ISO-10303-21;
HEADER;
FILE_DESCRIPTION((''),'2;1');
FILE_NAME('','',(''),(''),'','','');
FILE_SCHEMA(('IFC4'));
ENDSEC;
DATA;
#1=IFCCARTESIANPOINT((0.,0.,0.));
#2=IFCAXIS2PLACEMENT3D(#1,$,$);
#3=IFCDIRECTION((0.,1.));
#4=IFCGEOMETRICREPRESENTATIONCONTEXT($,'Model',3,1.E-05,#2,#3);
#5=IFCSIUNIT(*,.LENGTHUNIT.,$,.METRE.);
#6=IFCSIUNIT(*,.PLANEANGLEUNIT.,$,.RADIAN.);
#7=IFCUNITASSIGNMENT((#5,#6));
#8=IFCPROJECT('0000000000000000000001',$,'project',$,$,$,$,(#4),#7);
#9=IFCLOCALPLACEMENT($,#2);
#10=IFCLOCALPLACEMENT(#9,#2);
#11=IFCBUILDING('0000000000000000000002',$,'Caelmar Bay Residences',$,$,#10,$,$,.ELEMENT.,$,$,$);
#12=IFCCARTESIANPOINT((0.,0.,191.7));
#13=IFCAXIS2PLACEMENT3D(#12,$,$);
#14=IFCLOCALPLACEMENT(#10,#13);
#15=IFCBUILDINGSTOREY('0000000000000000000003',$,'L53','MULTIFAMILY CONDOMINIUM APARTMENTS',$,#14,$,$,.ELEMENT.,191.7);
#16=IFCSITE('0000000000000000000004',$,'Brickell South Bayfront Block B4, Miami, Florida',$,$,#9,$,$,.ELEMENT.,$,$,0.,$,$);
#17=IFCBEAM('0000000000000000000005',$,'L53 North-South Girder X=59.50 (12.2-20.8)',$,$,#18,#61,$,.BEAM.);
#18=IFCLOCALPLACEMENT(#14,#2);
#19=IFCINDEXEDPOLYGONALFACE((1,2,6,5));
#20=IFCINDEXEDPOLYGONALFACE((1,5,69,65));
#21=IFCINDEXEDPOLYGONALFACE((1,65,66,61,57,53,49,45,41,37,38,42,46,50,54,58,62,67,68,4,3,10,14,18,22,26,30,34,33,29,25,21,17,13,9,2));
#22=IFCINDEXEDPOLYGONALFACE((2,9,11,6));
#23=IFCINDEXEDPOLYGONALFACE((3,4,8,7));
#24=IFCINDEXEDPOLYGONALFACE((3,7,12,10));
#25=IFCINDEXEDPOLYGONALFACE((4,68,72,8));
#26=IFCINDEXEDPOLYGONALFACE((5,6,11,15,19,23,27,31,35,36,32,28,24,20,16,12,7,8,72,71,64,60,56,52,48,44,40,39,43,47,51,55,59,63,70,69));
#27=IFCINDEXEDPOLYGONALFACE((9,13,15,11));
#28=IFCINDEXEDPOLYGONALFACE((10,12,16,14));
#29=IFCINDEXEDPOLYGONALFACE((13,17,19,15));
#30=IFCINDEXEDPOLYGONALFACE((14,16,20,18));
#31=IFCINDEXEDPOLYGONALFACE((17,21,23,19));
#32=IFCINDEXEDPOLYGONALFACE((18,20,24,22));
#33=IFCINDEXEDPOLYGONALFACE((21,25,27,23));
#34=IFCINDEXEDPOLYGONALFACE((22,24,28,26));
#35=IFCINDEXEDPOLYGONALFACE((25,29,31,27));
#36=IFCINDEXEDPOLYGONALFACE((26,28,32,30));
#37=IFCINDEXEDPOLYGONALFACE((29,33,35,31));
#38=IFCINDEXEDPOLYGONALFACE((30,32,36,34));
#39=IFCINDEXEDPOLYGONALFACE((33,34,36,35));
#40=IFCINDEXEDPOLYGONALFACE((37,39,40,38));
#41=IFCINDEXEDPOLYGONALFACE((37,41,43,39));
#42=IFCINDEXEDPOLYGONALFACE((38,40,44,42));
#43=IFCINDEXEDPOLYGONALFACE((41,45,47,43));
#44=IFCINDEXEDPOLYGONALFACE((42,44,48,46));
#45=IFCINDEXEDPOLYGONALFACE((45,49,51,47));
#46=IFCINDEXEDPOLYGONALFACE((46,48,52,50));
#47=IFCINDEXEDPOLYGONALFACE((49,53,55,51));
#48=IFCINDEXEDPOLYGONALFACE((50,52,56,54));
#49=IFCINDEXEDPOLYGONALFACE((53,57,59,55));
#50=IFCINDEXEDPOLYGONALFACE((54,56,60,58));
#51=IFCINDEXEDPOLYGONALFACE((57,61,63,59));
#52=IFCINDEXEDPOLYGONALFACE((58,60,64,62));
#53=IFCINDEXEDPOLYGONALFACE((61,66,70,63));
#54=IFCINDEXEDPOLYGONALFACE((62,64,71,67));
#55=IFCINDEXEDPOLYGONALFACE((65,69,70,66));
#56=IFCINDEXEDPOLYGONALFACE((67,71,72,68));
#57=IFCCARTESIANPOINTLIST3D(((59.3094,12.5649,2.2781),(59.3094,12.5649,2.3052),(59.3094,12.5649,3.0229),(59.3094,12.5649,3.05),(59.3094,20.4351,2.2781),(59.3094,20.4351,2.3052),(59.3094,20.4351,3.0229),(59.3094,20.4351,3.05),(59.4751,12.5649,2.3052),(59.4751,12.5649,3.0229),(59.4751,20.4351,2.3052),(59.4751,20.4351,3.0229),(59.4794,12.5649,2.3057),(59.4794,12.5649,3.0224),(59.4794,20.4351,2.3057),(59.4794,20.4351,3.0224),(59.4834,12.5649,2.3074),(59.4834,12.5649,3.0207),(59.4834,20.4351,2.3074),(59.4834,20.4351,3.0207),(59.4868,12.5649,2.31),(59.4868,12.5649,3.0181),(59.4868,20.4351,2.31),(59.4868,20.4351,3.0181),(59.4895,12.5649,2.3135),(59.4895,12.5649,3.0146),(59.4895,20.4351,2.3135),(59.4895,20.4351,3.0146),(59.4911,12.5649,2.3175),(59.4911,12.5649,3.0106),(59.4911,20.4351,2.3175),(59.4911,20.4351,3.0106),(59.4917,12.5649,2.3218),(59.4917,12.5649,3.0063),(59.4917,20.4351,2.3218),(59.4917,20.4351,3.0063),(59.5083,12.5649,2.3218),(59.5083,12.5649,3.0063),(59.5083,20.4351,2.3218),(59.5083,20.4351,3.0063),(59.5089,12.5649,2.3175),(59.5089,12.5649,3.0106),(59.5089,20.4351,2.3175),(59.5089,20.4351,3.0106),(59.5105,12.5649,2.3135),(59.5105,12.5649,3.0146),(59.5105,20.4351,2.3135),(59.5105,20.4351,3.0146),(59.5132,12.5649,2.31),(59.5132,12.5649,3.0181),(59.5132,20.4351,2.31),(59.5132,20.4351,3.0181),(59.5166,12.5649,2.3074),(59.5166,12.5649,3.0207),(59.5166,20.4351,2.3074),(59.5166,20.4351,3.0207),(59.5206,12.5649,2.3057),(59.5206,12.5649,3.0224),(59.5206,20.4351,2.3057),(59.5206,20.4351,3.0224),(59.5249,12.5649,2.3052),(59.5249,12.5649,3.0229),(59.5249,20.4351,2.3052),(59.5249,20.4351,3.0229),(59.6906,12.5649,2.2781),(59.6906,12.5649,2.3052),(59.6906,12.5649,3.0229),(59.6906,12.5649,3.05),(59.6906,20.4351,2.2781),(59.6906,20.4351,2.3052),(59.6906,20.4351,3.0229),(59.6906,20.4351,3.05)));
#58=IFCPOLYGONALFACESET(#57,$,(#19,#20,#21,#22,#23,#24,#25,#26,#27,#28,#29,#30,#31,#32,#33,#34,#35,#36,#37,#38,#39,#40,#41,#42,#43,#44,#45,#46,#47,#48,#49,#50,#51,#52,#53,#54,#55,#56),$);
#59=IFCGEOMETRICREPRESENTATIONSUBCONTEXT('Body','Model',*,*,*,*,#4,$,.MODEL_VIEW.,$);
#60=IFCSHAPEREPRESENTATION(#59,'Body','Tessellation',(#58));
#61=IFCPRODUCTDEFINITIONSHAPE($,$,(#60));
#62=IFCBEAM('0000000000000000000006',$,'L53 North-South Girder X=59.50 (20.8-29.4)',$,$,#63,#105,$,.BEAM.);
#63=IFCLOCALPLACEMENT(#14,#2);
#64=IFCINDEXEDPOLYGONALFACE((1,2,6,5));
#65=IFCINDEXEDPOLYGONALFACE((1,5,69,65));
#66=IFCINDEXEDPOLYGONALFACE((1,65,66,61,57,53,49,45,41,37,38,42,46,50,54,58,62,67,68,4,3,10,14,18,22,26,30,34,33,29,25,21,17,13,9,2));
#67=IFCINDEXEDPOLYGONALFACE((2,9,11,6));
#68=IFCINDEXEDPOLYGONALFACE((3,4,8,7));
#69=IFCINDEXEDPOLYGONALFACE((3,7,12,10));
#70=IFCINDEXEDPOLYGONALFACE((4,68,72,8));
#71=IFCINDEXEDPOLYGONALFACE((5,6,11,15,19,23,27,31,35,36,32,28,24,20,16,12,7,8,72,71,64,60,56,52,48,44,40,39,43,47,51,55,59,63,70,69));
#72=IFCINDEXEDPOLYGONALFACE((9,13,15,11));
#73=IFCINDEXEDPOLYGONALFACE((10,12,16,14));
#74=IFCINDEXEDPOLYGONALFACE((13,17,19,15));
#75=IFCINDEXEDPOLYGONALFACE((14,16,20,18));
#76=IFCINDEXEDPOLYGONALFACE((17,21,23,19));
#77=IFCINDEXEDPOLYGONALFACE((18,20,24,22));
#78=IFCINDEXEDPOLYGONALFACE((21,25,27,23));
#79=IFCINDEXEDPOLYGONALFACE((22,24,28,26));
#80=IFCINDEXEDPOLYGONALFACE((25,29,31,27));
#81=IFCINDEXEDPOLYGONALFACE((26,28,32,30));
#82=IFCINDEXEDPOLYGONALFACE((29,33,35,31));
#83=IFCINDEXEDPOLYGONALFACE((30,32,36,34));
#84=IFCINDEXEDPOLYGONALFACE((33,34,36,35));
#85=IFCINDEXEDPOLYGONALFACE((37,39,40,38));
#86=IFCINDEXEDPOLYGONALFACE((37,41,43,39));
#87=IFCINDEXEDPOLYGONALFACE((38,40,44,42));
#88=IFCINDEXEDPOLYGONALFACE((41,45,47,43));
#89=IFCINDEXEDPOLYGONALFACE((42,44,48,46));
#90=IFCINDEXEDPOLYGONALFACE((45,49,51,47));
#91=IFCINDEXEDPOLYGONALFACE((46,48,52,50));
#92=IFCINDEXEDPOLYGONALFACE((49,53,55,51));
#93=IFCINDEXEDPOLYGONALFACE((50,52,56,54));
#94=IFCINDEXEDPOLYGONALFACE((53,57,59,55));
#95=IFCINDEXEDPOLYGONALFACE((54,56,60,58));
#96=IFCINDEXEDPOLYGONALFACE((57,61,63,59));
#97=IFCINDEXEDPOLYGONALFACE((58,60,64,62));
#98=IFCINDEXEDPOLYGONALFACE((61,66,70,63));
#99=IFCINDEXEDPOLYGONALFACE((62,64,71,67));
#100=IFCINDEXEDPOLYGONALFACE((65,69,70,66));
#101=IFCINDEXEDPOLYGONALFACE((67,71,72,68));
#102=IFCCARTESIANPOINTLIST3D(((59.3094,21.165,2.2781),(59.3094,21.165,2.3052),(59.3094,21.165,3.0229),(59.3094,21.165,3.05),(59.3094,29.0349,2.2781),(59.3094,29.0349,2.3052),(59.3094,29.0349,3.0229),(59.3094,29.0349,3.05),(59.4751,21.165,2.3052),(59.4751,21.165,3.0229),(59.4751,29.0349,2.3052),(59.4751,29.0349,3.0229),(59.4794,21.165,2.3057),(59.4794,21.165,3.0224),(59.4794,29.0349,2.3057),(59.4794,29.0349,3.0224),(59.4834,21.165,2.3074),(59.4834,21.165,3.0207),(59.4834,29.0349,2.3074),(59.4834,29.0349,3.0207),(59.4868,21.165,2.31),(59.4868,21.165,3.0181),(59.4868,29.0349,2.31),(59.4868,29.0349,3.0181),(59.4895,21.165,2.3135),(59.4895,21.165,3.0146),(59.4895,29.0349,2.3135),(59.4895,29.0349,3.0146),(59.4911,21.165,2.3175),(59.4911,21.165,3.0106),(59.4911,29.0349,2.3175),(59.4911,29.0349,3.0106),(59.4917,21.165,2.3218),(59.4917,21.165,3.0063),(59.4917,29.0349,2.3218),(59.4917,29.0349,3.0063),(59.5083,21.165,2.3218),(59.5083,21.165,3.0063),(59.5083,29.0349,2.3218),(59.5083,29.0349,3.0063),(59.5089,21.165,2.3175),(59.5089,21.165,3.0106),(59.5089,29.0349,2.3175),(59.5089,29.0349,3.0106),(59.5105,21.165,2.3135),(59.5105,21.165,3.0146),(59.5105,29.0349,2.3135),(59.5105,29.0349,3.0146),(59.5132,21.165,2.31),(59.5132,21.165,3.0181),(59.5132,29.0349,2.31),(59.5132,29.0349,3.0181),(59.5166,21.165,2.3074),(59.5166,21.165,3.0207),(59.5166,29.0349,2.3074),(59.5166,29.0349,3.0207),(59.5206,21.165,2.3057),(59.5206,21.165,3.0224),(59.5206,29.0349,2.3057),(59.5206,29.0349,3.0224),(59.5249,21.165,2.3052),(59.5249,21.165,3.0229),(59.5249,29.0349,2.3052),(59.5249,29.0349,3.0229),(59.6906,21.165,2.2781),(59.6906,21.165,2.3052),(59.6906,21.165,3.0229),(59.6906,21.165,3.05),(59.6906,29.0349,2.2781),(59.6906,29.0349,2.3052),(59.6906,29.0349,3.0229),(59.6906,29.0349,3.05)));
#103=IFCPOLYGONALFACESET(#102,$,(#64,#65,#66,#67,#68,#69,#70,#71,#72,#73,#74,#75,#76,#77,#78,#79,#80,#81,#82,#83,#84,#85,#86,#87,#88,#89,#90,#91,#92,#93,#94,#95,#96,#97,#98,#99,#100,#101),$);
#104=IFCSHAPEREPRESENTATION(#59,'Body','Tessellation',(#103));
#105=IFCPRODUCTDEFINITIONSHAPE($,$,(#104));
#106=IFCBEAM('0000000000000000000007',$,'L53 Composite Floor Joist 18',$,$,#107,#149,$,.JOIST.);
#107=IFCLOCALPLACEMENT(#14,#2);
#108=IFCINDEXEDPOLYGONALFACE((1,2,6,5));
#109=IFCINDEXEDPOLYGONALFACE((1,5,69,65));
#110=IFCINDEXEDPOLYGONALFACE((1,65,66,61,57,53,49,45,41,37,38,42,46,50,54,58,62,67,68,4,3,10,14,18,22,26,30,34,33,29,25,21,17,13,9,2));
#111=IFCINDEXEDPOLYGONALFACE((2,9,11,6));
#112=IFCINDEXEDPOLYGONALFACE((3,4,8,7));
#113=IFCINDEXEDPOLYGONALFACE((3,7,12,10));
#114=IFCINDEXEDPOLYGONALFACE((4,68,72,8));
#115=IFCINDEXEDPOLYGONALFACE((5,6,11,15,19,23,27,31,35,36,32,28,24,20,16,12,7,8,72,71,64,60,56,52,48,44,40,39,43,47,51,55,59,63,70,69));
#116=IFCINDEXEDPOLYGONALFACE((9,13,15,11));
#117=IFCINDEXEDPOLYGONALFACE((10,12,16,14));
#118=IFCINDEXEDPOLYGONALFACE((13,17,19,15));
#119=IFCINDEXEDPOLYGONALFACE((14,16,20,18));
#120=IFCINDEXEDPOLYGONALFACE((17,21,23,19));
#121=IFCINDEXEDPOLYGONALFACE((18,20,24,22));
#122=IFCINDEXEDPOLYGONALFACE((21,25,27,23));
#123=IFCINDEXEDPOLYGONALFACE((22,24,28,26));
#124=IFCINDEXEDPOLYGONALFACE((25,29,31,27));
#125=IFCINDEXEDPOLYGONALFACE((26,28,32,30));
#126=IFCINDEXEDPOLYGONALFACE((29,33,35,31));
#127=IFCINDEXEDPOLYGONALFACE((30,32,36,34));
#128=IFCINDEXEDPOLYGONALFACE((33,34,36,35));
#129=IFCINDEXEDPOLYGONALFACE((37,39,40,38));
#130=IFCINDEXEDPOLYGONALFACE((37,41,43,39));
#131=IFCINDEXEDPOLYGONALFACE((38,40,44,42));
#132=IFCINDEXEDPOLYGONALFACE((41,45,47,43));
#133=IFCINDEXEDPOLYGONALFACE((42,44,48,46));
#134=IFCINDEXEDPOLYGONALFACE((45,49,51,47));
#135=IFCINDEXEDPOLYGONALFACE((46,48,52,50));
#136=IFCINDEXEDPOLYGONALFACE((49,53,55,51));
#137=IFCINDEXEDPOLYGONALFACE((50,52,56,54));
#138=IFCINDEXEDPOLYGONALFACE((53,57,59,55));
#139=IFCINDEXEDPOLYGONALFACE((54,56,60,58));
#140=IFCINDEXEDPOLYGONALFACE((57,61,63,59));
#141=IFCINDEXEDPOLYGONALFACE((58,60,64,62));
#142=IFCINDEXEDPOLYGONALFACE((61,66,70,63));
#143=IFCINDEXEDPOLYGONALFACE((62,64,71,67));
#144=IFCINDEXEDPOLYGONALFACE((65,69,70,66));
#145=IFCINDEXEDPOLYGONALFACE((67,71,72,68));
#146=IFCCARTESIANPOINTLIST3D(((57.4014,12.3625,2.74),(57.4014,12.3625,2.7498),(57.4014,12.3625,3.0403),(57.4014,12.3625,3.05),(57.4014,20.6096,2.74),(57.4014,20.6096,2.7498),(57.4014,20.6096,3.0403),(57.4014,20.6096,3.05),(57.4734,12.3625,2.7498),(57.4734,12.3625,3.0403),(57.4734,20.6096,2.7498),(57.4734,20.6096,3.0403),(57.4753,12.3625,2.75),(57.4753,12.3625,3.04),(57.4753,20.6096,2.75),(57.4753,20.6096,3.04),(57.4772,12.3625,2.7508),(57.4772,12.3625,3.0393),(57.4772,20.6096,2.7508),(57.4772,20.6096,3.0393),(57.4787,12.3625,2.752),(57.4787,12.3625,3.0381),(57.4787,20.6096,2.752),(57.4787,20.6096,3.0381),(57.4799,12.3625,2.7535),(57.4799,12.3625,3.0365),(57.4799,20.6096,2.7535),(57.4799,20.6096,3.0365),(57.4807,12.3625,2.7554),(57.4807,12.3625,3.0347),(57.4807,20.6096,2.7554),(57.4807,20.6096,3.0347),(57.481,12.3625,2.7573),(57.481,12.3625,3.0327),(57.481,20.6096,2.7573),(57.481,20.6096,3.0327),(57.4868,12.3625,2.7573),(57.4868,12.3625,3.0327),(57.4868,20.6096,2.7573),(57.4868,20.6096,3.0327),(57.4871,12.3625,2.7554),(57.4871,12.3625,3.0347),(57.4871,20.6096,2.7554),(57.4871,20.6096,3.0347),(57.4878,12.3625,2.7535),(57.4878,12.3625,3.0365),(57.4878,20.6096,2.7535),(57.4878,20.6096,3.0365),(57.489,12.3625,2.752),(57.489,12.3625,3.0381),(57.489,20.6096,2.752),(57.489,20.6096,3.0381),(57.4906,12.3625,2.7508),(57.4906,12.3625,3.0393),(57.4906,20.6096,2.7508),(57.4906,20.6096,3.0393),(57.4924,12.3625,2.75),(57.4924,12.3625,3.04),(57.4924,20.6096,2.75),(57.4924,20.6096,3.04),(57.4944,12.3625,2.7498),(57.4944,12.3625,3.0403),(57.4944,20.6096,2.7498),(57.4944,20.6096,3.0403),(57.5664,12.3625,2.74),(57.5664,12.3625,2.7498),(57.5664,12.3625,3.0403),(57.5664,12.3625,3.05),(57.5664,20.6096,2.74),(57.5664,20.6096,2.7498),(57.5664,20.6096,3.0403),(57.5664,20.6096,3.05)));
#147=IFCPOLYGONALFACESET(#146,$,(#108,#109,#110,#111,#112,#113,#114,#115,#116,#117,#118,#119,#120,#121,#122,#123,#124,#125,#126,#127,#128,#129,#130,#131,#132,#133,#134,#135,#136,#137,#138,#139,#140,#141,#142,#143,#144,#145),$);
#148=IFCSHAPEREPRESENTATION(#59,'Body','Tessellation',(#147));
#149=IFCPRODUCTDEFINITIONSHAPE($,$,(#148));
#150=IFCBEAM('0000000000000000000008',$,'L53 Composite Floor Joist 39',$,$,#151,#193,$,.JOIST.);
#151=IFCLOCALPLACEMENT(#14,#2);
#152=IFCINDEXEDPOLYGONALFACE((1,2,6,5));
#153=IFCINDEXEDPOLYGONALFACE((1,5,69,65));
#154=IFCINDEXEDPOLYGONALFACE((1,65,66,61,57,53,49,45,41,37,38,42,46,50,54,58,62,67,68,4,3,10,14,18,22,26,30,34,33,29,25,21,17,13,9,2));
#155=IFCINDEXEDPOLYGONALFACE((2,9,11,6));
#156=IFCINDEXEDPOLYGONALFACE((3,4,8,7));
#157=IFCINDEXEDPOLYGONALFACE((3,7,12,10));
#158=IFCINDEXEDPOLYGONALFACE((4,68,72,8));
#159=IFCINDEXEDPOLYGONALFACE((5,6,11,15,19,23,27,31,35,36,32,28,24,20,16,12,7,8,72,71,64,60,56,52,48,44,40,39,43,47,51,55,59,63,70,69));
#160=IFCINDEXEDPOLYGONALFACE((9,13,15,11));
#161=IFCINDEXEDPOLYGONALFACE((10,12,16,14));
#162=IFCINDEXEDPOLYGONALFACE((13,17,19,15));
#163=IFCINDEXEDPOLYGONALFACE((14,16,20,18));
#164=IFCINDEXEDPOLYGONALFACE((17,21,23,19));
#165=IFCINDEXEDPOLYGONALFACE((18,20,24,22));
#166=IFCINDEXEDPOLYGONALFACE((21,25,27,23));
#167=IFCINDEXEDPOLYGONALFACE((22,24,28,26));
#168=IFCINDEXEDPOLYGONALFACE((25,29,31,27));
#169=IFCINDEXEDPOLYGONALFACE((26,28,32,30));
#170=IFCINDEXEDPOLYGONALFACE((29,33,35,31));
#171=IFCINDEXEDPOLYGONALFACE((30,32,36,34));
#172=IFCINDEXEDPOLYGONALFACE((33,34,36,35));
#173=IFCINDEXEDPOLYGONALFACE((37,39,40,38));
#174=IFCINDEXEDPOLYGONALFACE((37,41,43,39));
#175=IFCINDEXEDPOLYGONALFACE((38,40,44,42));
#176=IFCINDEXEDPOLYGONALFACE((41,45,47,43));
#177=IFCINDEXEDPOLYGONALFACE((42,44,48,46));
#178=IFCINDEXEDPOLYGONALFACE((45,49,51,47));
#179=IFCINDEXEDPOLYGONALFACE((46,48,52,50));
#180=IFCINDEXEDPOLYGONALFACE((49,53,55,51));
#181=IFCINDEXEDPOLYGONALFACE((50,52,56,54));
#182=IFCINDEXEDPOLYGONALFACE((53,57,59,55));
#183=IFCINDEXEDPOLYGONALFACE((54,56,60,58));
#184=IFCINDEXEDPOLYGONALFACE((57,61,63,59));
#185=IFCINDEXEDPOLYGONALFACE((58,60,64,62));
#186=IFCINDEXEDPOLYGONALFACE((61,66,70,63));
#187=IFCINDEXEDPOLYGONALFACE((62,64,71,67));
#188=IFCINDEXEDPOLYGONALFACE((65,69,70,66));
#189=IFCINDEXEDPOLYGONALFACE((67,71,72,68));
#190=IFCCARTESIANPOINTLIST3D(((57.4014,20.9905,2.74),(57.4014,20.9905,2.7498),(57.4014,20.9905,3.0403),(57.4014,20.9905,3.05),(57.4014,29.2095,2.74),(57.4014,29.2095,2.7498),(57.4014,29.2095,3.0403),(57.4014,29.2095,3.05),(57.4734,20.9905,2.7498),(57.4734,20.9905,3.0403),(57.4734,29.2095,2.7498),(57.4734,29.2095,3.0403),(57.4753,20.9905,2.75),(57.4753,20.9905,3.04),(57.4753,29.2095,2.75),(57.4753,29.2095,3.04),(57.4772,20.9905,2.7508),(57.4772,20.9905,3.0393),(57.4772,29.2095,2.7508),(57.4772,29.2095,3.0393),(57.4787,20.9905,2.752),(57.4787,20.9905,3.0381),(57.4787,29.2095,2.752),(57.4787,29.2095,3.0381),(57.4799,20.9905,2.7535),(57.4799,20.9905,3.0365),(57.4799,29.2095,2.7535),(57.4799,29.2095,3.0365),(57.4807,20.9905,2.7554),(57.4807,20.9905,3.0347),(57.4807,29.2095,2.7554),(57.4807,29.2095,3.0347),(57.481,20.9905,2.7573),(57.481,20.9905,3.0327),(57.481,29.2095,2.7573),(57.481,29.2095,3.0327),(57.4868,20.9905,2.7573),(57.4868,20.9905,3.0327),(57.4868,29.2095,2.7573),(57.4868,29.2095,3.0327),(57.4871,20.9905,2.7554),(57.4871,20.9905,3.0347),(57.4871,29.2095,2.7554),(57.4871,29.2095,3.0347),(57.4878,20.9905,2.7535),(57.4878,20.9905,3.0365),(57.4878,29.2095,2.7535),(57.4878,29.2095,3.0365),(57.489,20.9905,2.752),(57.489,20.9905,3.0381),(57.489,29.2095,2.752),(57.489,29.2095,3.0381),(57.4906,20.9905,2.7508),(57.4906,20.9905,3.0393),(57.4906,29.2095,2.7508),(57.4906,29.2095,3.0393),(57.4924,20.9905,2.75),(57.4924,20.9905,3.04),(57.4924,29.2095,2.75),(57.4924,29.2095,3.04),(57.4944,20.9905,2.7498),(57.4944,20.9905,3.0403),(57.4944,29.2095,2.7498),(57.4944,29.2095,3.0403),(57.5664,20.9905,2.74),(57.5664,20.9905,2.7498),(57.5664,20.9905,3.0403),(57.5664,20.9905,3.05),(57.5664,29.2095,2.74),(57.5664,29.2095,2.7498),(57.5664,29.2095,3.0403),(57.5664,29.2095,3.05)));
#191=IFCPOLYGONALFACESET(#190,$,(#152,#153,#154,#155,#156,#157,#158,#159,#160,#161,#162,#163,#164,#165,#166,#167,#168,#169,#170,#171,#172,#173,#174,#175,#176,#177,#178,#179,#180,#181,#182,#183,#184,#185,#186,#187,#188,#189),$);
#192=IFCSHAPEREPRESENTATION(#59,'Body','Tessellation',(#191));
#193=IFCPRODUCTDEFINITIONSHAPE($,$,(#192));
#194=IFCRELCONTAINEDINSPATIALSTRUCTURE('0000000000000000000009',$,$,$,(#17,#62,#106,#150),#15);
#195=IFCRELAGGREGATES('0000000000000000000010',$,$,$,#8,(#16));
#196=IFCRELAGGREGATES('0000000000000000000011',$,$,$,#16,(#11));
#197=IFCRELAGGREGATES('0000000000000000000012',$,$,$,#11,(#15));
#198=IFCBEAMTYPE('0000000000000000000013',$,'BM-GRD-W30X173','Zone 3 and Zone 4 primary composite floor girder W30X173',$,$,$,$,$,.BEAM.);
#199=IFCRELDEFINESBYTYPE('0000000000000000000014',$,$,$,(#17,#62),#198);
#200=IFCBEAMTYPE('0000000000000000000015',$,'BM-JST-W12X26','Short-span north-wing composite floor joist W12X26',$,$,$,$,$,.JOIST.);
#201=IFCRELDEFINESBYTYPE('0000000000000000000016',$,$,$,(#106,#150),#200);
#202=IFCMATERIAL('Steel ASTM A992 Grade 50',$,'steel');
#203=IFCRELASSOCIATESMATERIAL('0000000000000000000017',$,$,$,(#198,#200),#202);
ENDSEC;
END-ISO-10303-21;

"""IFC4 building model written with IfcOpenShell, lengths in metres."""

from ifc_helpers import new_model, si_unit, direction, frame, origin, origin_2d, place, context, subcontext, project, spatial, i_section, extrude, material, material_profile, profile_set, type_object, element, save


model = new_model("IFC4")

# Units and contexts
model_context = context("Model", 3, precision=1e-05, world=origin(), true_north=direction((0.0, 1.0)))
body_context = subcontext(model_context, "Body", "Model", "MODEL_VIEW")
ifc_project = project(units=[si_unit("LENGTHUNIT", "METRE"), si_unit("PLANEANGLEUNIT", "RADIAN")], contexts=[model_context])

# Site, building, storey
site_placement = place(None, origin())
site = spatial("IfcSite", under=ifc_project, at=site_placement, Name="Brickell South Bayfront Block B4, Miami, Florida", CompositionType="ELEMENT", RefElevation=0.0)
building_placement = place(site_placement, origin())
building = spatial("IfcBuilding", under=site, at=building_placement, Name="Caelmar Bay Residences", CompositionType="ELEMENT")
storey_placement = place(building_placement, frame((0.0, 0.0, 191.7)))
storey = spatial("IfcBuildingStorey", under=building, at=storey_placement, Name="L53", Description="MULTIFAMILY CONDOMINIUM APARTMENTS", CompositionType="ELEMENT", Elevation=191.7)

# Beams
ifc_material_1 = material(Name="Steel ASTM A992 Grade 50", Category="steel")
ifc_material_profile_1 = material_profile(ifc_material_1, i_section(OverallWidth=0.3811, OverallDepth=0.772, WebThickness=0.0166, FlangeThickness=0.0271, FilletRadius=0.0166, at=origin_2d()), Name="W30X173")
ifc_profile_set_1 = profile_set([ifc_material_profile_1], Name="Steel ASTM A992 Grade 50")
beam_type_1 = type_object("IfcBeamType", Name="BM-GRD-W30X173", Description="Zone 3 and Zone 4 primary composite floor girder W30X173", PredefinedType="BEAM", material=ifc_profile_set_1)
for number, where, z_axis, x_axis, name in (
    (1, (59.5, 12.5649, 2.6641), (0.0, 1.0, 0.0), (-1.0, 0.0, 0.0), "L53 North-South Girder X=59.50 (12.2-20.8)"),
):
    element("IfcBeam", number, at=place(storey_placement, frame(where, z_axis=z_axis, x_axis=x_axis)), inside=storey, type_object=beam_type_1, Name=name, PredefinedType="BEAM", context=body_context, shape_type="SweptSolid", body=[
        extrude(i_section(OverallWidth=0.3811, OverallDepth=0.772, WebThickness=0.0166, FlangeThickness=0.0271, FilletRadius=0.0166, at=origin_2d()), origin(), (0.0, 0.0, 1.0), 7.8701),
    ])
beam_1_placement = place(storey_placement, frame((59.5, 21.165, 2.6641), z_axis=(0.0, 1.0, 0.0), x_axis=(-1.0, 0.0, 0.0)))
element("IfcBeam", 2, at=beam_1_placement, inside=storey, type_object=beam_type_1, Name="L53 North-South Girder X=59.50 (20.8-29.4)", PredefinedType="BEAM", context=body_context, shape_type="SweptSolid", body=[
    extrude(i_section(OverallWidth=0.3811, OverallDepth=0.772, WebThickness=0.0166, FlangeThickness=0.0271, FilletRadius=0.0166, at=origin_2d()), origin(), (0.0, 0.0, 1.0), 7.8699),
])
ifc_material_profile_2 = material_profile(ifc_material_1, i_section(OverallWidth=0.165, OverallDepth=0.3101, WebThickness=0.0059, FlangeThickness=0.0098, FilletRadius=0.0076, at=origin_2d()), Name="W12X26")
ifc_profile_set_2 = profile_set([ifc_material_profile_2], Name="Steel ASTM A992 Grade 50")
beam_type_2 = type_object("IfcBeamType", Name="BM-JST-W12X26", Description="Short-span north-wing composite floor joist W12X26", PredefinedType="JOIST", material=ifc_profile_set_2)
beam_2_placement = place(storey_placement, frame((57.4839, 12.3625, 2.895), z_axis=(0.0, 1.0, 0.0), x_axis=(-1.0, 0.0, 0.0)))
element("IfcBeam", 3, at=beam_2_placement, inside=storey, type_object=beam_type_2, Name="L53 Composite Floor Joist 18", PredefinedType="JOIST", context=body_context, shape_type="SweptSolid", body=[
    extrude(i_section(OverallWidth=0.165, OverallDepth=0.3101, WebThickness=0.0059, FlangeThickness=0.0098, FilletRadius=0.0076, at=origin_2d()), origin(), (0.0, 0.0, 1.0), 8.2471),
])
beam_3_placement = place(storey_placement, frame((57.4839, 20.9905, 2.895), z_axis=(0.0, 1.0, 0.0), x_axis=(-1.0, 0.0, 0.0)))
element("IfcBeam", 4, at=beam_3_placement, inside=storey, type_object=beam_type_2, Name="L53 Composite Floor Joist 39", PredefinedType="JOIST", context=body_context, shape_type="SweptSolid", body=[
    extrude(i_section(OverallWidth=0.165, OverallDepth=0.3101, WebThickness=0.0059, FlangeThickness=0.0098, FilletRadius=0.0076, at=origin_2d()), origin(), (0.0, 0.0, 1.0), 8.219),
])

save(model, "model.ifc")
